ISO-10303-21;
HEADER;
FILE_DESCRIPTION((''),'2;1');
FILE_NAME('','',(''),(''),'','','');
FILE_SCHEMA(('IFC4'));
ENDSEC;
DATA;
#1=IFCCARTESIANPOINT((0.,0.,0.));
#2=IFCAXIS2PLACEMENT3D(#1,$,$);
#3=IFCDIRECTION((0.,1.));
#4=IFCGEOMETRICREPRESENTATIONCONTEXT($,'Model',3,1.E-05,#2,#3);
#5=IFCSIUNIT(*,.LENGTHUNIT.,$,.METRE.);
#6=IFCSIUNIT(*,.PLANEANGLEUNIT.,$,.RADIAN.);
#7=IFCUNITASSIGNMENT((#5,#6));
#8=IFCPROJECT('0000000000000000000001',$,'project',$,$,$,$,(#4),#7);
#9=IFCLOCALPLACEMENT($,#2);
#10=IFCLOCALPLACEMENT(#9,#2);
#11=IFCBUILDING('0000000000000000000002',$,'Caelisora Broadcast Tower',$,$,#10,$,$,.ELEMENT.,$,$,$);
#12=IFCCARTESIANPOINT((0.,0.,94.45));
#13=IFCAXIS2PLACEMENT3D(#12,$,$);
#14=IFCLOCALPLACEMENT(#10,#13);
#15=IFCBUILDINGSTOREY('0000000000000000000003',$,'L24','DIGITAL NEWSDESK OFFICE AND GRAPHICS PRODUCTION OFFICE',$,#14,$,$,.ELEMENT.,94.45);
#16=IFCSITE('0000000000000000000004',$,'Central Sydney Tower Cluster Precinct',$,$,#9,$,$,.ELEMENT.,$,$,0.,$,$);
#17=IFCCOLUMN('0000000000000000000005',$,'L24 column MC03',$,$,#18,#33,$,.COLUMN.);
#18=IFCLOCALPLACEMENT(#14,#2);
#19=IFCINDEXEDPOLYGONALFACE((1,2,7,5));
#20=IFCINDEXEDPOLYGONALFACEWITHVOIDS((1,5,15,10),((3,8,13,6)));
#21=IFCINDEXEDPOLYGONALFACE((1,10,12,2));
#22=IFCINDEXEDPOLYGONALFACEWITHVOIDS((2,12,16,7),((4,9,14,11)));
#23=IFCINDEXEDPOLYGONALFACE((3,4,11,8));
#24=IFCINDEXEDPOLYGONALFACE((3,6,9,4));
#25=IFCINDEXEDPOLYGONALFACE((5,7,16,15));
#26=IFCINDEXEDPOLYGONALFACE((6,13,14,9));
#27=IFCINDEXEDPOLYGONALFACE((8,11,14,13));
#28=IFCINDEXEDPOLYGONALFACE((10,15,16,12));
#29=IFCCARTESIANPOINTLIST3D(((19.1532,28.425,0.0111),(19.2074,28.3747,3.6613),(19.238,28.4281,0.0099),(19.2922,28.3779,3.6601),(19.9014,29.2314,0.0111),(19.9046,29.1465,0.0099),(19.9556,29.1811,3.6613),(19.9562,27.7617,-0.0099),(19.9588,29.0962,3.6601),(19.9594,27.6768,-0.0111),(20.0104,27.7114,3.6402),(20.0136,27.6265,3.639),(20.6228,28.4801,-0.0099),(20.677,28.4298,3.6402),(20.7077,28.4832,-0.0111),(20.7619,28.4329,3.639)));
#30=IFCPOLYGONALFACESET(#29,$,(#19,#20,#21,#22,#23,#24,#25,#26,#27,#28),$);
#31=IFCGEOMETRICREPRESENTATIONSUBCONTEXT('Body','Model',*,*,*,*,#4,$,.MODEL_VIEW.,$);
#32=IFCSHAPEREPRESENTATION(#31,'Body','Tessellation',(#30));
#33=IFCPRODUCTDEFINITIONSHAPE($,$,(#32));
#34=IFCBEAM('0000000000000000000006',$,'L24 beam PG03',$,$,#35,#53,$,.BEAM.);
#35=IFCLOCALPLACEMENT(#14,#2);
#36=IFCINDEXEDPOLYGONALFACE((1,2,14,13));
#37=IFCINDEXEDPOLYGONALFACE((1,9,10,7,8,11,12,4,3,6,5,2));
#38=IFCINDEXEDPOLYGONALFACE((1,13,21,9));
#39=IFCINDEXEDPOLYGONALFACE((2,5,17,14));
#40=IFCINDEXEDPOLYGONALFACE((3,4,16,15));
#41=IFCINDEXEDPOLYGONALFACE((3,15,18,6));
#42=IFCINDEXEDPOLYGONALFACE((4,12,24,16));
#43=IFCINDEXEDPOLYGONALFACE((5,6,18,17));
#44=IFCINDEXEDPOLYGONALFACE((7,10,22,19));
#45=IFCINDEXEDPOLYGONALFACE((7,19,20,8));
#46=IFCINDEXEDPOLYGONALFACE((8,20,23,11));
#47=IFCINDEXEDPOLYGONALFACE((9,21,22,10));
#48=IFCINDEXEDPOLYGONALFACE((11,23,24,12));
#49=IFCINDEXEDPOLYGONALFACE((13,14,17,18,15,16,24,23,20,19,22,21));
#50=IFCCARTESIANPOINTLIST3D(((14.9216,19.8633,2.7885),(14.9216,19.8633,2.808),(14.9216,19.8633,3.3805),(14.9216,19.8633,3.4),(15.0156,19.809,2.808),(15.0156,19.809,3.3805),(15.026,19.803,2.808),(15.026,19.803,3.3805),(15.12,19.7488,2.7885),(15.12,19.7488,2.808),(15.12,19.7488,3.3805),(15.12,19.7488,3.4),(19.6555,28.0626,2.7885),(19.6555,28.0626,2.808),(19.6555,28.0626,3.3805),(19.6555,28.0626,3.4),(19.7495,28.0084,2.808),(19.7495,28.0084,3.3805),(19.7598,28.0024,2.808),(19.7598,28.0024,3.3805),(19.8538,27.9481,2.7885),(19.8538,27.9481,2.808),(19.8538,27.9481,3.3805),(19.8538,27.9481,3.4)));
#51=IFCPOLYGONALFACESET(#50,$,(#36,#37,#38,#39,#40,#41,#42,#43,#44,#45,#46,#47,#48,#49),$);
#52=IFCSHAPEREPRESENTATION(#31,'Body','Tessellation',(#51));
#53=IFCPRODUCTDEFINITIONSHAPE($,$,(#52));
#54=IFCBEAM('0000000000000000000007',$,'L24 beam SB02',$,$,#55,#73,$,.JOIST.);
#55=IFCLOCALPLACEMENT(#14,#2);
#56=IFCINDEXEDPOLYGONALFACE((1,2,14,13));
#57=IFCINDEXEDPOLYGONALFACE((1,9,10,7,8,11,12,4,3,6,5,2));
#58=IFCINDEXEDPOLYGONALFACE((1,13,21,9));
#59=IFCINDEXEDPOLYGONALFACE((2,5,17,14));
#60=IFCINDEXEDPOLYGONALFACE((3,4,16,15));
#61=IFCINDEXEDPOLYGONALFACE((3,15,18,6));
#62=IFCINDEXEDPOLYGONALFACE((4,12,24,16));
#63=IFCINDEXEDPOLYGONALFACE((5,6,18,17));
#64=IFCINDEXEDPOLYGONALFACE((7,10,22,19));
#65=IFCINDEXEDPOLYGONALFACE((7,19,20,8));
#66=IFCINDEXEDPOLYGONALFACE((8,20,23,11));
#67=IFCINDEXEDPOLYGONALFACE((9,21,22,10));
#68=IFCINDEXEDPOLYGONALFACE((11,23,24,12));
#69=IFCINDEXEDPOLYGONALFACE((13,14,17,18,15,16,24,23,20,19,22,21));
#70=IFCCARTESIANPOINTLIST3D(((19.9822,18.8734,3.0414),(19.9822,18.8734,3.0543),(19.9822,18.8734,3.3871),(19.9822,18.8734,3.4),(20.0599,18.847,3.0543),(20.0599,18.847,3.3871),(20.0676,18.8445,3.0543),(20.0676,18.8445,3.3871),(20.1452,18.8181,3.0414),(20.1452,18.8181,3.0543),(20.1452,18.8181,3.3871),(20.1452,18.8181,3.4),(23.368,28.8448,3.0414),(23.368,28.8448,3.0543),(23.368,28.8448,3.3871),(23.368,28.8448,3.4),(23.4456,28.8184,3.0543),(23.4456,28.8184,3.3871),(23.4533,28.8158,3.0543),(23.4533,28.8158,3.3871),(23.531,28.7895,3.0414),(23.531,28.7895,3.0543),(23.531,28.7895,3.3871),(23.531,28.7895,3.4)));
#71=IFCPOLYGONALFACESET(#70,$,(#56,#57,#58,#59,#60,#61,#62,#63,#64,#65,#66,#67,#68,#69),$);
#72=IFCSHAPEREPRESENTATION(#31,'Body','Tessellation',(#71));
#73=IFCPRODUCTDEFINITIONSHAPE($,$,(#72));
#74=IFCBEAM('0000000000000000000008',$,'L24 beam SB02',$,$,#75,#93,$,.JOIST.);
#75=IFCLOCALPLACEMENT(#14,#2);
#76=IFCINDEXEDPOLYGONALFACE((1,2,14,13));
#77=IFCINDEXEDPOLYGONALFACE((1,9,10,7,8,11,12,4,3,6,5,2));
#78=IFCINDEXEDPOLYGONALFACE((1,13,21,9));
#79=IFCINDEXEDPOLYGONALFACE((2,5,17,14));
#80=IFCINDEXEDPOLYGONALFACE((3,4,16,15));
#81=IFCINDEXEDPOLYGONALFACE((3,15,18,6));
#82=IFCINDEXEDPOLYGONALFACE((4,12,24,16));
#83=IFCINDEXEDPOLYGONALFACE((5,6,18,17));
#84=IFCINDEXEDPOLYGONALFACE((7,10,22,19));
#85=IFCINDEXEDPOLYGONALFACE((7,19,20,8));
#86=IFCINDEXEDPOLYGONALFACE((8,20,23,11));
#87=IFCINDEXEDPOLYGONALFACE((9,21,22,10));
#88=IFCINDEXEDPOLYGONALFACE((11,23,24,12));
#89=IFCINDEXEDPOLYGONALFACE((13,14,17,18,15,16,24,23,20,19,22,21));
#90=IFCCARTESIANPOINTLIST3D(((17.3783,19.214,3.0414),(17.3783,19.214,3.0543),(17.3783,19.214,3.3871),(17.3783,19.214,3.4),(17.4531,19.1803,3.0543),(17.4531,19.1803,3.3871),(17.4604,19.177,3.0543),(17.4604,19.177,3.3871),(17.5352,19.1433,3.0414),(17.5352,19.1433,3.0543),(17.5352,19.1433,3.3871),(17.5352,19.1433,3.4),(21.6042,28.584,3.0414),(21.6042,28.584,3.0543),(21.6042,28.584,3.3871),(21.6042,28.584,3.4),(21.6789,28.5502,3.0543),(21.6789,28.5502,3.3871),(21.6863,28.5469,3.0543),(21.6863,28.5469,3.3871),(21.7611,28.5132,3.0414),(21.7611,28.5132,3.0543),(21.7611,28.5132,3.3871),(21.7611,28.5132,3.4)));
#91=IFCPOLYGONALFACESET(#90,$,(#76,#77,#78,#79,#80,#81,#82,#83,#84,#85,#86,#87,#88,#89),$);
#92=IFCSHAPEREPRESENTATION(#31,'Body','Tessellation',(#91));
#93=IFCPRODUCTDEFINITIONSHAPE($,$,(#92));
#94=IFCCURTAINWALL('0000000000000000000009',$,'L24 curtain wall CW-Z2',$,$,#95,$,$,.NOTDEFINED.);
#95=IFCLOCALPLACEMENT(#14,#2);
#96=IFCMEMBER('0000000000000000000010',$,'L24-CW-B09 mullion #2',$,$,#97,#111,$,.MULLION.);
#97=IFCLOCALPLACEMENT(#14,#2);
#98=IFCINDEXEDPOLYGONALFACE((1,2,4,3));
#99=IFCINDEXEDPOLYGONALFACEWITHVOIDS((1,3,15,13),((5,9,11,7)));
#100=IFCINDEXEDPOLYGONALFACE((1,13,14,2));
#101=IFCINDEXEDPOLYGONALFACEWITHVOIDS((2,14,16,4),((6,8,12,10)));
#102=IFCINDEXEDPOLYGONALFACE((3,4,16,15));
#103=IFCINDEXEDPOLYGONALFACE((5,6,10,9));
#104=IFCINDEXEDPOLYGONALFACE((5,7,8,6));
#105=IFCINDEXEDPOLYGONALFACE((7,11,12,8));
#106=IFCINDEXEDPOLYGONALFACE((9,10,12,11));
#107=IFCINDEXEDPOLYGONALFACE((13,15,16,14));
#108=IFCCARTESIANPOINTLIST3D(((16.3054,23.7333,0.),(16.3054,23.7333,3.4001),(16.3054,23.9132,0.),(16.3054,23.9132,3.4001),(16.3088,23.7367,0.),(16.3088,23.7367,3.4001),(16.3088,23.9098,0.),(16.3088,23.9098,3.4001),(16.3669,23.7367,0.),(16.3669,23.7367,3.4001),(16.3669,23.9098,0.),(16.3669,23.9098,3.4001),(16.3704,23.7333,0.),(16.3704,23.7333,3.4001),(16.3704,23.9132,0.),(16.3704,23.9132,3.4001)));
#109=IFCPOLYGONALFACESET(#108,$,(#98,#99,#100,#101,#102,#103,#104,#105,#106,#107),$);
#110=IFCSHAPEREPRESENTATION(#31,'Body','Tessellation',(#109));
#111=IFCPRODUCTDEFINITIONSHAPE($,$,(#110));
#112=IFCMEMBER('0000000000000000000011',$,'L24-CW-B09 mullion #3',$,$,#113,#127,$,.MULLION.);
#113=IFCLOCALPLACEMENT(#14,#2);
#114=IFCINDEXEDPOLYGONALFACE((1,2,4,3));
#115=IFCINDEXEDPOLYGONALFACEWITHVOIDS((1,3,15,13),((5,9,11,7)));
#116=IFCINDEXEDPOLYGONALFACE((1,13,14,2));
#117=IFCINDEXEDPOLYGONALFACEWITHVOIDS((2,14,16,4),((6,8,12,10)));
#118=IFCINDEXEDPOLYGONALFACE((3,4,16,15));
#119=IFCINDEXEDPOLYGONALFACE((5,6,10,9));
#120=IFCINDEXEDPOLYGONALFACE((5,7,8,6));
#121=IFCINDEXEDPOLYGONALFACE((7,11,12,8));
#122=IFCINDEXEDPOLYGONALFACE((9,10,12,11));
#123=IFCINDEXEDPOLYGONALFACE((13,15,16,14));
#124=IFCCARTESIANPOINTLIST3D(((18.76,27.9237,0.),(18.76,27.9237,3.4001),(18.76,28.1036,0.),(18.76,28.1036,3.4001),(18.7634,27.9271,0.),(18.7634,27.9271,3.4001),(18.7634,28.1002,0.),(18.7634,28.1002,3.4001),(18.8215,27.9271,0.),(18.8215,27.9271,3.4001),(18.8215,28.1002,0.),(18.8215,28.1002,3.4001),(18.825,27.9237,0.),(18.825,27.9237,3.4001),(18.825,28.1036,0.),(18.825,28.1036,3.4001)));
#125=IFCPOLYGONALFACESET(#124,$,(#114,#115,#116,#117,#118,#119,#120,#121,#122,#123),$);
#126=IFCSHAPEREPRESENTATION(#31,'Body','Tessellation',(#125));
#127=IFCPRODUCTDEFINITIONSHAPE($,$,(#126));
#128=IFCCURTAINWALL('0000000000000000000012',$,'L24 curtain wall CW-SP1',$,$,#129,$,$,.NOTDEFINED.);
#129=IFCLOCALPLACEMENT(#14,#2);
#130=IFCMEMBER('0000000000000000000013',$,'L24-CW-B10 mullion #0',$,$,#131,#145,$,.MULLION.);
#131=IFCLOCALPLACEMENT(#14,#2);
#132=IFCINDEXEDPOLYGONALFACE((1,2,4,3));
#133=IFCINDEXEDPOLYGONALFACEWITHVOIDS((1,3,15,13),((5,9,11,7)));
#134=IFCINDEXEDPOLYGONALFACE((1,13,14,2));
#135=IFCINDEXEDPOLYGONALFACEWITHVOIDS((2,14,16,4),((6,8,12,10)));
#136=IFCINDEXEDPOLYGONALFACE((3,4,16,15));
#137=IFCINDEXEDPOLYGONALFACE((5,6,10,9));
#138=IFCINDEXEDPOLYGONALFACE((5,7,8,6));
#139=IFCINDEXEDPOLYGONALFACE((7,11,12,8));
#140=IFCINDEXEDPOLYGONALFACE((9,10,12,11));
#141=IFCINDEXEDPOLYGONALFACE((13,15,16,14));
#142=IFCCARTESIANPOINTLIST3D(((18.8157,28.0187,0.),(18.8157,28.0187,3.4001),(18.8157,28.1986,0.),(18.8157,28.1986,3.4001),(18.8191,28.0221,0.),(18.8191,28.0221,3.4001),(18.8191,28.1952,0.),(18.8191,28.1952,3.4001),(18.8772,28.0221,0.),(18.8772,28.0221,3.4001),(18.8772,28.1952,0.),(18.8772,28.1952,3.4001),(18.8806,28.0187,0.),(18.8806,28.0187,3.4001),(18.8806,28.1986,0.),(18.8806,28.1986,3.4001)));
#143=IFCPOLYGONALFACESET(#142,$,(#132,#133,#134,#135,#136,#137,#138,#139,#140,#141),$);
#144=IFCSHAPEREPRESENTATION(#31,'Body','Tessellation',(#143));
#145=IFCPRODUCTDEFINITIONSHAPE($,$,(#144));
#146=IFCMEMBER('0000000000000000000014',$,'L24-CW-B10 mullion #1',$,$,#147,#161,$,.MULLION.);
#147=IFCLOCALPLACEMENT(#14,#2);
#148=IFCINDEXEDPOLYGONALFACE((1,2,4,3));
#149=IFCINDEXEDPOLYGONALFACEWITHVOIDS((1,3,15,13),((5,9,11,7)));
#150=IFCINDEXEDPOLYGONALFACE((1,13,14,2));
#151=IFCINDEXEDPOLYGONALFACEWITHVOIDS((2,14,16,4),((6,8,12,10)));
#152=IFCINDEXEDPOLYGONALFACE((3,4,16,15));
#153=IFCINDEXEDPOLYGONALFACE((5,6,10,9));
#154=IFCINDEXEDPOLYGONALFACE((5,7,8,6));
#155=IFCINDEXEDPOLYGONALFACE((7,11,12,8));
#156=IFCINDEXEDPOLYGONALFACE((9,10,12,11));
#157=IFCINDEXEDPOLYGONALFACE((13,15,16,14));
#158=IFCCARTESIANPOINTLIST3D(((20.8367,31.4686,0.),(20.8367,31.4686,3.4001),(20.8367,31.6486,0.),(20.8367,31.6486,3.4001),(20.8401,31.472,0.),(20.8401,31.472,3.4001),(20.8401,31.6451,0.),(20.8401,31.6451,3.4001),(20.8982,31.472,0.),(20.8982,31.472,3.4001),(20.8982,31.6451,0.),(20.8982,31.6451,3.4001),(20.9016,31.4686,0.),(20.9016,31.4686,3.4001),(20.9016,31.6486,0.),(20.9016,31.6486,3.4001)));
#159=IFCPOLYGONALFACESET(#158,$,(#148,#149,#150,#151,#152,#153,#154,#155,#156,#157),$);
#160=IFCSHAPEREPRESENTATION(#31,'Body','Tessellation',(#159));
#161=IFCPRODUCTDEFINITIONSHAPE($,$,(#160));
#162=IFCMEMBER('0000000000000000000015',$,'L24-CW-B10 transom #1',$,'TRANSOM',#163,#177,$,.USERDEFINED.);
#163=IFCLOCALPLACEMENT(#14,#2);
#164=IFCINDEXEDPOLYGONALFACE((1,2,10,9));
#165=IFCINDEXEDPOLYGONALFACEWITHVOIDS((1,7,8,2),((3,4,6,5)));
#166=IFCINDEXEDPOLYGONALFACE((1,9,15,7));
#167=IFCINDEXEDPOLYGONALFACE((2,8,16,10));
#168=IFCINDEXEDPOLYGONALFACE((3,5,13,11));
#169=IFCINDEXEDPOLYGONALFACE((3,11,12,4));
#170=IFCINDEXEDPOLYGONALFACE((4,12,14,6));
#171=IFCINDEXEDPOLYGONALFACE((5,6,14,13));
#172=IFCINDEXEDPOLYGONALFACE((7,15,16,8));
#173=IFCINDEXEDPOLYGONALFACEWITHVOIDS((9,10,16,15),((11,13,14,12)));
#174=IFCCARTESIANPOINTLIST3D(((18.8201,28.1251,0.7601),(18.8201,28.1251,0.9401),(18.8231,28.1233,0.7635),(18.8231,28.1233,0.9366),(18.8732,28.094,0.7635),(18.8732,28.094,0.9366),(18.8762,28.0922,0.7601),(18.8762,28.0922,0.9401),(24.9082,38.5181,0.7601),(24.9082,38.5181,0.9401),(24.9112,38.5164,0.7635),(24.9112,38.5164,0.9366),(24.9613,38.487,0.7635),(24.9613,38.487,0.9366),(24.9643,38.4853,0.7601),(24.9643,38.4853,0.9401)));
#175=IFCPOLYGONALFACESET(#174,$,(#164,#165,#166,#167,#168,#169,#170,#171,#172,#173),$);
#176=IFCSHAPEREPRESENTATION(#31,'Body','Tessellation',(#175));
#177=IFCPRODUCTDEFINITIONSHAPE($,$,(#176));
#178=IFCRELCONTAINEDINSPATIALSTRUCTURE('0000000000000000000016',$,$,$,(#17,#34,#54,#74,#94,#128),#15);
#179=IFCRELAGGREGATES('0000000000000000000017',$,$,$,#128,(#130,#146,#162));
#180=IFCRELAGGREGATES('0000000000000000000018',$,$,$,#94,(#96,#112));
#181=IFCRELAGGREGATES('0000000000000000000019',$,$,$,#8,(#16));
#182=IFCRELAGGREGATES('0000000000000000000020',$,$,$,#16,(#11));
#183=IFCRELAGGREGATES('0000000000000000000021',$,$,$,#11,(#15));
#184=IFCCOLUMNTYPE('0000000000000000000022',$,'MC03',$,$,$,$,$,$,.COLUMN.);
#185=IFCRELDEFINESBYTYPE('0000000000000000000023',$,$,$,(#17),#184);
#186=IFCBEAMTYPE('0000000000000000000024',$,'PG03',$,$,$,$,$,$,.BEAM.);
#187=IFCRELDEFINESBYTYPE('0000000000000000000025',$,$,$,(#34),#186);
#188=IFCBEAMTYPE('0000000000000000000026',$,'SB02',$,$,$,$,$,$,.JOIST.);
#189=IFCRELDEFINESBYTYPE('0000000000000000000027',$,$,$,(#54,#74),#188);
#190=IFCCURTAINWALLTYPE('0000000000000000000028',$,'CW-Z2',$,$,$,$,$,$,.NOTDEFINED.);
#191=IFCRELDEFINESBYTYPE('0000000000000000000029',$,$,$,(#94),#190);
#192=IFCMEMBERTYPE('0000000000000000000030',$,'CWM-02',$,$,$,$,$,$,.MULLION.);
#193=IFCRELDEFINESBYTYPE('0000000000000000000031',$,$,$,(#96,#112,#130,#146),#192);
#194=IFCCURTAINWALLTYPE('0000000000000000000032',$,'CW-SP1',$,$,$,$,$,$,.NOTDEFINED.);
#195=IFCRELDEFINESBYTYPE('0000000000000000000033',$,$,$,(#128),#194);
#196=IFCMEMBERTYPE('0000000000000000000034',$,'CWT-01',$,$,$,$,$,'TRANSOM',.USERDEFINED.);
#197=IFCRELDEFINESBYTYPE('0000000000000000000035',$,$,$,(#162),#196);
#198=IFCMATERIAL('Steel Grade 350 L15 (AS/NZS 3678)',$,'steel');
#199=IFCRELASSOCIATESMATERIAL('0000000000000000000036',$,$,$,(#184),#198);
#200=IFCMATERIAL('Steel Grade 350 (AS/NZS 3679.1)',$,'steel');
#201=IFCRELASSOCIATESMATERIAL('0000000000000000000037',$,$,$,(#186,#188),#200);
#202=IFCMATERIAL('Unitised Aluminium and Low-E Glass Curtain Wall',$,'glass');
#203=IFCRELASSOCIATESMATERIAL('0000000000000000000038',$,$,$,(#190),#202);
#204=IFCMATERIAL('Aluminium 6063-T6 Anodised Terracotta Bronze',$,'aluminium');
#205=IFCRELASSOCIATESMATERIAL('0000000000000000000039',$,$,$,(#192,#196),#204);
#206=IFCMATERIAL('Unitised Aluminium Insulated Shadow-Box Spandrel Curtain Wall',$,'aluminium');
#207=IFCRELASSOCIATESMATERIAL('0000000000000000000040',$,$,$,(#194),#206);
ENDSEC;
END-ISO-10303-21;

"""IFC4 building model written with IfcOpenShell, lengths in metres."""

from ifc_helpers import new_model, si_unit, direction, frame, origin, origin_2d, place, context, subcontext, project, spatial, hollow_rectangle, i_section, extrude, source, transform, mapped, material, material_profile, profile_set, type_object, type_shapes, element, aggregate, save


model = new_model("IFC4")

# Units and contexts
model_context = context("Model", 3, precision=1e-05, world=origin(), true_north=direction((0.0, 1.0)))
body_context = subcontext(model_context, "Body", "Model", "MODEL_VIEW")
ifc_project = project(units=[si_unit("LENGTHUNIT", "METRE"), si_unit("PLANEANGLEUNIT", "RADIAN")], contexts=[model_context])

# Site, building, storey
site_placement = place(None, origin())
site = spatial("IfcSite", under=ifc_project, at=site_placement, Name="Central Sydney Tower Cluster Precinct", CompositionType="ELEMENT", RefElevation=0.0)
building_placement = place(site_placement, origin())
building = spatial("IfcBuilding", under=site, at=building_placement, Name="Caelisora Broadcast Tower", CompositionType="ELEMENT")
storey_placement = place(building_placement, frame((0.0, 0.0, 94.45)))
storey = spatial("IfcBuildingStorey", under=building, at=storey_placement, Name="L24", Description="DIGITAL NEWSDESK OFFICE AND GRAPHICS PRODUCTION OFFICE", CompositionType="ELEMENT", Elevation=94.45)

# Column
ifc_material_1 = material(Name="Steel Grade 350 L15 (AS/NZS 3678)", Category="steel")
ifc_material_profile_1 = material_profile(ifc_material_1, hollow_rectangle(XDim=1.1001, YDim=1.1001, WallThickness=0.0601, at=origin_2d()), Name="Steel Grade 350 L15 (AS/NZS 3678)")
ifc_profile_set_1 = profile_set([ifc_material_profile_1], Name="Steel Grade 350 L15 (AS/NZS 3678)")
column_type = type_object("IfcColumnType", Name="MC03", PredefinedType="COLUMN", material=ifc_profile_set_1)
shared_shape_1 = source(origin(), body_context, "Body", "SweptSolid", [
    extrude(hollow_rectangle(XDim=1.1001, YDim=1.1001, WallThickness=0.0601, at=origin_2d()), origin(), (0.0, 0.0, 1.0), 3.6509),
])
type_shapes(column_type, [shared_shape_1])
column_placement = place(storey_placement, frame((19.9304, 28.4541, 0.0), z_axis=(0.014845, -0.013776, 0.999795), x_axis=(0.680198, 0.733029, 0.0)))
element("IfcColumn", 1, at=column_placement, inside=storey, type_object=column_type, Name="L24 column MC03", PredefinedType="COLUMN", context=body_context, shape_type="MappedRepresentation", body=[
    mapped(shared_shape_1, transform((0.0, 0.0, 0.0), scale=1.0)),
])

# Beams
ifc_material_2 = material(Name="Steel Grade 350 (AS/NZS 3679.1)", Category="steel")
ifc_material_profile_2 = material_profile(ifc_material_2, i_section(OverallWidth=0.229, OverallDepth=0.6116, WebThickness=0.012, FlangeThickness=0.0195, at=origin_2d()), Name="Steel Grade 350 (AS/NZS 3679.1)")
ifc_profile_set_2 = profile_set([ifc_material_profile_2], Name="Steel Grade 350 (AS/NZS 3679.1)")
beam_type_1 = type_object("IfcBeamType", Name="PG03", PredefinedType="BEAM", material=ifc_profile_set_2)
shared_shape_2 = source(origin(), body_context, "Body", "SweptSolid", [
    extrude(i_section(OverallWidth=0.229, OverallDepth=0.6116, WebThickness=0.012, FlangeThickness=0.0195, at=origin_2d()), origin(), (0.0, 0.0, 1.0), 9.4678),
])
type_shapes(beam_type_1, [shared_shape_2])
beam_1_placement = place(storey_placement, frame((19.7546, 28.0054, 3.0942), z_axis=(-0.499994, -0.866029, 0.0), x_axis=(0.866029, -0.499994, 0.0)))
element("IfcBeam", 2, at=beam_1_placement, inside=storey, type_object=beam_type_1, Name="L24 beam PG03", PredefinedType="BEAM", context=body_context, shape_type="MappedRepresentation", body=[
    mapped(shared_shape_2, transform((0.0, 0.0, 0.0), scale=1.0)),
])
ifc_material_profile_3 = material_profile(ifc_material_2, i_section(OverallWidth=0.1721, OverallDepth=0.3586, WebThickness=0.0081, FlangeThickness=0.0129, at=origin_2d()), Name="Steel Grade 350 (AS/NZS 3679.1)")
ifc_profile_set_3 = profile_set([ifc_material_profile_3], Name="Steel Grade 350 (AS/NZS 3679.1)")
beam_type_2 = type_object("IfcBeamType", Name="SB02", PredefinedType="JOIST", material=ifc_profile_set_3)
shared_shape_3 = source(origin(), body_context, "Body", "SweptSolid", [
    extrude(i_section(OverallWidth=0.1721, OverallDepth=0.3586, WebThickness=0.0081, FlangeThickness=0.0129, at=origin_2d()), origin(), (0.0, 0.0, 1.0), 10.5305),
])
beam_2_placement = place(storey_placement, frame((23.4495, 28.8171, 3.2207), z_axis=(-0.321516, -0.946904, 0.0), x_axis=(0.946904, -0.321516, 0.0)))
element("IfcBeam", 3, at=beam_2_placement, inside=storey, type_object=beam_type_2, Name="L24 beam SB02", PredefinedType="JOIST", context=body_context, shape_type="MappedRepresentation", body=[
    mapped(shared_shape_3, transform((0.0, 0.0, 0.0), scale=1.0)),
])
shared_shape_4 = source(origin(), body_context, "Body", "SweptSolid", [
    extrude(i_section(OverallWidth=0.1721, OverallDepth=0.3586, WebThickness=0.0081, FlangeThickness=0.0129, at=origin_2d()), origin(), (0.0, 0.0, 1.0), 10.2788),
])
type_shapes(beam_type_2, [shared_shape_3, shared_shape_4])
beam_3_placement = place(storey_placement, frame((21.6826, 28.5486, 3.2207), z_axis=(-0.411124, -0.911579, 0.0), x_axis=(0.911579, -0.411124, 0.0)))
element("IfcBeam", 4, at=beam_3_placement, inside=storey, type_object=beam_type_2, Name="L24 beam SB02", PredefinedType="JOIST", context=body_context, shape_type="MappedRepresentation", body=[
    mapped(shared_shape_4, transform((0.0, 0.0, 0.0), scale=1.0)),
])

# Curtain walls, members
ifc_material_3 = material(Name="Unitised Aluminium and Low-E Glass Curtain Wall", Category="glass")
curtain_wall_type_1 = type_object("IfcCurtainWallType", Name="CW-Z2", PredefinedType="NOTDEFINED", material=ifc_material_3)
curtain_wall_1_placement = place(storey_placement, origin())
curtain_wall_1 = element("IfcCurtainWall", 5, at=curtain_wall_1_placement, inside=storey, type_object=curtain_wall_type_1, Name="L24 curtain wall CW-Z2", PredefinedType="NOTDEFINED")
ifc_material_4 = material(Name="Aluminium 6063-T6 Anodised Terracotta Bronze", Category="aluminium")
ifc_material_profile_4 = material_profile(ifc_material_4, hollow_rectangle(XDim=0.0649, YDim=0.1799, WallThickness=0.0034, at=origin_2d()), Name="Aluminium 6063-T6 Anodised Terracotta Bronze")
ifc_profile_set_4 = profile_set([ifc_material_profile_4], Name="Aluminium 6063-T6 Anodised Terracotta Bronze")
member_type_1 = type_object("IfcMemberType", Name="CWM-02", PredefinedType="MULLION", material=ifc_profile_set_4)
shared_shape_5 = source(origin(), body_context, "Body", "SweptSolid", [
    extrude(hollow_rectangle(XDim=0.0649, YDim=0.1799, WallThickness=0.0034, at=origin_2d()), origin(), (0.0, 0.0, 1.0), 3.4001),
])
type_shapes(member_type_1, [shared_shape_5])
member_1_placement = place(storey_placement, frame((16.3379, 23.8232, 0.0), z_axis=(0.0, 0.0, 1.0), x_axis=(1.0, 0.0, 0.0)))
member_1 = element("IfcMember", 6, at=member_1_placement, type_object=member_type_1, Name="L24-CW-B09 mullion #2", PredefinedType="MULLION", context=body_context, shape_type="MappedRepresentation", body=[
    mapped(shared_shape_5, transform((0.0, 0.0, 0.0), scale=1.0)),
])
member_2_placement = place(storey_placement, frame((18.7925, 28.0137, 0.0), z_axis=(0.0, 0.0, 1.0), x_axis=(1.0, 0.0, 0.0)))
member_2 = element("IfcMember", 7, at=member_2_placement, type_object=member_type_1, Name="L24-CW-B09 mullion #3", PredefinedType="MULLION", context=body_context, shape_type="MappedRepresentation", body=[
    mapped(shared_shape_5, transform((0.0, 0.0, 0.0), scale=1.0)),
])
ifc_material_5 = material(Name="Unitised Aluminium Insulated Shadow-Box Spandrel Curtain Wall", Category="aluminium")
curtain_wall_type_2 = type_object("IfcCurtainWallType", Name="CW-SP1", PredefinedType="NOTDEFINED", material=ifc_material_5)
curtain_wall_2_placement = place(storey_placement, origin())
curtain_wall_2 = element("IfcCurtainWall", 8, at=curtain_wall_2_placement, inside=storey, type_object=curtain_wall_type_2, Name="L24 curtain wall CW-SP1", PredefinedType="NOTDEFINED")
member_3_placement = place(storey_placement, frame((18.8481, 28.1086, 0.0), z_axis=(0.0, 0.0, 1.0), x_axis=(1.0, 0.0, 0.0)))
member_3 = element("IfcMember", 9, at=member_3_placement, type_object=member_type_1, Name="L24-CW-B10 mullion #0", PredefinedType="MULLION", context=body_context, shape_type="MappedRepresentation", body=[
    mapped(shared_shape_5, transform((0.0, 0.0, 0.0), scale=1.0)),
])
member_4_placement = place(storey_placement, frame((20.8691, 31.5586, 0.0), z_axis=(0.0, 0.0, 1.0), x_axis=(1.0, 0.0, 0.0)))
member_4 = element("IfcMember", 10, at=member_4_placement, type_object=member_type_1, Name="L24-CW-B10 mullion #1", PredefinedType="MULLION", context=body_context, shape_type="MappedRepresentation", body=[
    mapped(shared_shape_5, transform((0.0, 0.0, 0.0), scale=1.0)),
])
ifc_material_profile_5 = material_profile(ifc_material_4, hollow_rectangle(XDim=0.0649, YDim=0.1799, WallThickness=0.0034, at=origin_2d()), Name="Aluminium 6063-T6 Anodised Terracotta Bronze")
ifc_profile_set_5 = profile_set([ifc_material_profile_5], Name="Aluminium 6063-T6 Anodised Terracotta Bronze")
member_type_2 = type_object("IfcMemberType", Name="CWT-01", ElementType="TRANSOM", PredefinedType="USERDEFINED", material=ifc_profile_set_5)
shared_shape_6 = source(origin(), body_context, "Body", "SweptSolid", [
    extrude(hollow_rectangle(XDim=0.0649, YDim=0.1799, WallThickness=0.0034, at=origin_2d()), origin(), (0.0, 0.0, 1.0), 12.0449),
])
type_shapes(member_type_2, [shared_shape_6])
member_5_placement = place(storey_placement, frame((18.8481, 28.1086, 0.8501), z_axis=(0.505451, 0.862856, 0.0), x_axis=(-0.862856, 0.505451, 0.0)))
member_5 = element("IfcMember", 11, at=member_5_placement, type_object=member_type_2, Name="L24-CW-B10 transom #1", ObjectType="TRANSOM", PredefinedType="USERDEFINED", context=body_context, shape_type="MappedRepresentation", body=[
    mapped(shared_shape_6, transform((0.0, 0.0, 0.0), scale=1.0)),
])

aggregate(curtain_wall_2, [member_3, member_4, member_5])
aggregate(curtain_wall_1, [member_1, member_2])

save(model, "model.ifc")
